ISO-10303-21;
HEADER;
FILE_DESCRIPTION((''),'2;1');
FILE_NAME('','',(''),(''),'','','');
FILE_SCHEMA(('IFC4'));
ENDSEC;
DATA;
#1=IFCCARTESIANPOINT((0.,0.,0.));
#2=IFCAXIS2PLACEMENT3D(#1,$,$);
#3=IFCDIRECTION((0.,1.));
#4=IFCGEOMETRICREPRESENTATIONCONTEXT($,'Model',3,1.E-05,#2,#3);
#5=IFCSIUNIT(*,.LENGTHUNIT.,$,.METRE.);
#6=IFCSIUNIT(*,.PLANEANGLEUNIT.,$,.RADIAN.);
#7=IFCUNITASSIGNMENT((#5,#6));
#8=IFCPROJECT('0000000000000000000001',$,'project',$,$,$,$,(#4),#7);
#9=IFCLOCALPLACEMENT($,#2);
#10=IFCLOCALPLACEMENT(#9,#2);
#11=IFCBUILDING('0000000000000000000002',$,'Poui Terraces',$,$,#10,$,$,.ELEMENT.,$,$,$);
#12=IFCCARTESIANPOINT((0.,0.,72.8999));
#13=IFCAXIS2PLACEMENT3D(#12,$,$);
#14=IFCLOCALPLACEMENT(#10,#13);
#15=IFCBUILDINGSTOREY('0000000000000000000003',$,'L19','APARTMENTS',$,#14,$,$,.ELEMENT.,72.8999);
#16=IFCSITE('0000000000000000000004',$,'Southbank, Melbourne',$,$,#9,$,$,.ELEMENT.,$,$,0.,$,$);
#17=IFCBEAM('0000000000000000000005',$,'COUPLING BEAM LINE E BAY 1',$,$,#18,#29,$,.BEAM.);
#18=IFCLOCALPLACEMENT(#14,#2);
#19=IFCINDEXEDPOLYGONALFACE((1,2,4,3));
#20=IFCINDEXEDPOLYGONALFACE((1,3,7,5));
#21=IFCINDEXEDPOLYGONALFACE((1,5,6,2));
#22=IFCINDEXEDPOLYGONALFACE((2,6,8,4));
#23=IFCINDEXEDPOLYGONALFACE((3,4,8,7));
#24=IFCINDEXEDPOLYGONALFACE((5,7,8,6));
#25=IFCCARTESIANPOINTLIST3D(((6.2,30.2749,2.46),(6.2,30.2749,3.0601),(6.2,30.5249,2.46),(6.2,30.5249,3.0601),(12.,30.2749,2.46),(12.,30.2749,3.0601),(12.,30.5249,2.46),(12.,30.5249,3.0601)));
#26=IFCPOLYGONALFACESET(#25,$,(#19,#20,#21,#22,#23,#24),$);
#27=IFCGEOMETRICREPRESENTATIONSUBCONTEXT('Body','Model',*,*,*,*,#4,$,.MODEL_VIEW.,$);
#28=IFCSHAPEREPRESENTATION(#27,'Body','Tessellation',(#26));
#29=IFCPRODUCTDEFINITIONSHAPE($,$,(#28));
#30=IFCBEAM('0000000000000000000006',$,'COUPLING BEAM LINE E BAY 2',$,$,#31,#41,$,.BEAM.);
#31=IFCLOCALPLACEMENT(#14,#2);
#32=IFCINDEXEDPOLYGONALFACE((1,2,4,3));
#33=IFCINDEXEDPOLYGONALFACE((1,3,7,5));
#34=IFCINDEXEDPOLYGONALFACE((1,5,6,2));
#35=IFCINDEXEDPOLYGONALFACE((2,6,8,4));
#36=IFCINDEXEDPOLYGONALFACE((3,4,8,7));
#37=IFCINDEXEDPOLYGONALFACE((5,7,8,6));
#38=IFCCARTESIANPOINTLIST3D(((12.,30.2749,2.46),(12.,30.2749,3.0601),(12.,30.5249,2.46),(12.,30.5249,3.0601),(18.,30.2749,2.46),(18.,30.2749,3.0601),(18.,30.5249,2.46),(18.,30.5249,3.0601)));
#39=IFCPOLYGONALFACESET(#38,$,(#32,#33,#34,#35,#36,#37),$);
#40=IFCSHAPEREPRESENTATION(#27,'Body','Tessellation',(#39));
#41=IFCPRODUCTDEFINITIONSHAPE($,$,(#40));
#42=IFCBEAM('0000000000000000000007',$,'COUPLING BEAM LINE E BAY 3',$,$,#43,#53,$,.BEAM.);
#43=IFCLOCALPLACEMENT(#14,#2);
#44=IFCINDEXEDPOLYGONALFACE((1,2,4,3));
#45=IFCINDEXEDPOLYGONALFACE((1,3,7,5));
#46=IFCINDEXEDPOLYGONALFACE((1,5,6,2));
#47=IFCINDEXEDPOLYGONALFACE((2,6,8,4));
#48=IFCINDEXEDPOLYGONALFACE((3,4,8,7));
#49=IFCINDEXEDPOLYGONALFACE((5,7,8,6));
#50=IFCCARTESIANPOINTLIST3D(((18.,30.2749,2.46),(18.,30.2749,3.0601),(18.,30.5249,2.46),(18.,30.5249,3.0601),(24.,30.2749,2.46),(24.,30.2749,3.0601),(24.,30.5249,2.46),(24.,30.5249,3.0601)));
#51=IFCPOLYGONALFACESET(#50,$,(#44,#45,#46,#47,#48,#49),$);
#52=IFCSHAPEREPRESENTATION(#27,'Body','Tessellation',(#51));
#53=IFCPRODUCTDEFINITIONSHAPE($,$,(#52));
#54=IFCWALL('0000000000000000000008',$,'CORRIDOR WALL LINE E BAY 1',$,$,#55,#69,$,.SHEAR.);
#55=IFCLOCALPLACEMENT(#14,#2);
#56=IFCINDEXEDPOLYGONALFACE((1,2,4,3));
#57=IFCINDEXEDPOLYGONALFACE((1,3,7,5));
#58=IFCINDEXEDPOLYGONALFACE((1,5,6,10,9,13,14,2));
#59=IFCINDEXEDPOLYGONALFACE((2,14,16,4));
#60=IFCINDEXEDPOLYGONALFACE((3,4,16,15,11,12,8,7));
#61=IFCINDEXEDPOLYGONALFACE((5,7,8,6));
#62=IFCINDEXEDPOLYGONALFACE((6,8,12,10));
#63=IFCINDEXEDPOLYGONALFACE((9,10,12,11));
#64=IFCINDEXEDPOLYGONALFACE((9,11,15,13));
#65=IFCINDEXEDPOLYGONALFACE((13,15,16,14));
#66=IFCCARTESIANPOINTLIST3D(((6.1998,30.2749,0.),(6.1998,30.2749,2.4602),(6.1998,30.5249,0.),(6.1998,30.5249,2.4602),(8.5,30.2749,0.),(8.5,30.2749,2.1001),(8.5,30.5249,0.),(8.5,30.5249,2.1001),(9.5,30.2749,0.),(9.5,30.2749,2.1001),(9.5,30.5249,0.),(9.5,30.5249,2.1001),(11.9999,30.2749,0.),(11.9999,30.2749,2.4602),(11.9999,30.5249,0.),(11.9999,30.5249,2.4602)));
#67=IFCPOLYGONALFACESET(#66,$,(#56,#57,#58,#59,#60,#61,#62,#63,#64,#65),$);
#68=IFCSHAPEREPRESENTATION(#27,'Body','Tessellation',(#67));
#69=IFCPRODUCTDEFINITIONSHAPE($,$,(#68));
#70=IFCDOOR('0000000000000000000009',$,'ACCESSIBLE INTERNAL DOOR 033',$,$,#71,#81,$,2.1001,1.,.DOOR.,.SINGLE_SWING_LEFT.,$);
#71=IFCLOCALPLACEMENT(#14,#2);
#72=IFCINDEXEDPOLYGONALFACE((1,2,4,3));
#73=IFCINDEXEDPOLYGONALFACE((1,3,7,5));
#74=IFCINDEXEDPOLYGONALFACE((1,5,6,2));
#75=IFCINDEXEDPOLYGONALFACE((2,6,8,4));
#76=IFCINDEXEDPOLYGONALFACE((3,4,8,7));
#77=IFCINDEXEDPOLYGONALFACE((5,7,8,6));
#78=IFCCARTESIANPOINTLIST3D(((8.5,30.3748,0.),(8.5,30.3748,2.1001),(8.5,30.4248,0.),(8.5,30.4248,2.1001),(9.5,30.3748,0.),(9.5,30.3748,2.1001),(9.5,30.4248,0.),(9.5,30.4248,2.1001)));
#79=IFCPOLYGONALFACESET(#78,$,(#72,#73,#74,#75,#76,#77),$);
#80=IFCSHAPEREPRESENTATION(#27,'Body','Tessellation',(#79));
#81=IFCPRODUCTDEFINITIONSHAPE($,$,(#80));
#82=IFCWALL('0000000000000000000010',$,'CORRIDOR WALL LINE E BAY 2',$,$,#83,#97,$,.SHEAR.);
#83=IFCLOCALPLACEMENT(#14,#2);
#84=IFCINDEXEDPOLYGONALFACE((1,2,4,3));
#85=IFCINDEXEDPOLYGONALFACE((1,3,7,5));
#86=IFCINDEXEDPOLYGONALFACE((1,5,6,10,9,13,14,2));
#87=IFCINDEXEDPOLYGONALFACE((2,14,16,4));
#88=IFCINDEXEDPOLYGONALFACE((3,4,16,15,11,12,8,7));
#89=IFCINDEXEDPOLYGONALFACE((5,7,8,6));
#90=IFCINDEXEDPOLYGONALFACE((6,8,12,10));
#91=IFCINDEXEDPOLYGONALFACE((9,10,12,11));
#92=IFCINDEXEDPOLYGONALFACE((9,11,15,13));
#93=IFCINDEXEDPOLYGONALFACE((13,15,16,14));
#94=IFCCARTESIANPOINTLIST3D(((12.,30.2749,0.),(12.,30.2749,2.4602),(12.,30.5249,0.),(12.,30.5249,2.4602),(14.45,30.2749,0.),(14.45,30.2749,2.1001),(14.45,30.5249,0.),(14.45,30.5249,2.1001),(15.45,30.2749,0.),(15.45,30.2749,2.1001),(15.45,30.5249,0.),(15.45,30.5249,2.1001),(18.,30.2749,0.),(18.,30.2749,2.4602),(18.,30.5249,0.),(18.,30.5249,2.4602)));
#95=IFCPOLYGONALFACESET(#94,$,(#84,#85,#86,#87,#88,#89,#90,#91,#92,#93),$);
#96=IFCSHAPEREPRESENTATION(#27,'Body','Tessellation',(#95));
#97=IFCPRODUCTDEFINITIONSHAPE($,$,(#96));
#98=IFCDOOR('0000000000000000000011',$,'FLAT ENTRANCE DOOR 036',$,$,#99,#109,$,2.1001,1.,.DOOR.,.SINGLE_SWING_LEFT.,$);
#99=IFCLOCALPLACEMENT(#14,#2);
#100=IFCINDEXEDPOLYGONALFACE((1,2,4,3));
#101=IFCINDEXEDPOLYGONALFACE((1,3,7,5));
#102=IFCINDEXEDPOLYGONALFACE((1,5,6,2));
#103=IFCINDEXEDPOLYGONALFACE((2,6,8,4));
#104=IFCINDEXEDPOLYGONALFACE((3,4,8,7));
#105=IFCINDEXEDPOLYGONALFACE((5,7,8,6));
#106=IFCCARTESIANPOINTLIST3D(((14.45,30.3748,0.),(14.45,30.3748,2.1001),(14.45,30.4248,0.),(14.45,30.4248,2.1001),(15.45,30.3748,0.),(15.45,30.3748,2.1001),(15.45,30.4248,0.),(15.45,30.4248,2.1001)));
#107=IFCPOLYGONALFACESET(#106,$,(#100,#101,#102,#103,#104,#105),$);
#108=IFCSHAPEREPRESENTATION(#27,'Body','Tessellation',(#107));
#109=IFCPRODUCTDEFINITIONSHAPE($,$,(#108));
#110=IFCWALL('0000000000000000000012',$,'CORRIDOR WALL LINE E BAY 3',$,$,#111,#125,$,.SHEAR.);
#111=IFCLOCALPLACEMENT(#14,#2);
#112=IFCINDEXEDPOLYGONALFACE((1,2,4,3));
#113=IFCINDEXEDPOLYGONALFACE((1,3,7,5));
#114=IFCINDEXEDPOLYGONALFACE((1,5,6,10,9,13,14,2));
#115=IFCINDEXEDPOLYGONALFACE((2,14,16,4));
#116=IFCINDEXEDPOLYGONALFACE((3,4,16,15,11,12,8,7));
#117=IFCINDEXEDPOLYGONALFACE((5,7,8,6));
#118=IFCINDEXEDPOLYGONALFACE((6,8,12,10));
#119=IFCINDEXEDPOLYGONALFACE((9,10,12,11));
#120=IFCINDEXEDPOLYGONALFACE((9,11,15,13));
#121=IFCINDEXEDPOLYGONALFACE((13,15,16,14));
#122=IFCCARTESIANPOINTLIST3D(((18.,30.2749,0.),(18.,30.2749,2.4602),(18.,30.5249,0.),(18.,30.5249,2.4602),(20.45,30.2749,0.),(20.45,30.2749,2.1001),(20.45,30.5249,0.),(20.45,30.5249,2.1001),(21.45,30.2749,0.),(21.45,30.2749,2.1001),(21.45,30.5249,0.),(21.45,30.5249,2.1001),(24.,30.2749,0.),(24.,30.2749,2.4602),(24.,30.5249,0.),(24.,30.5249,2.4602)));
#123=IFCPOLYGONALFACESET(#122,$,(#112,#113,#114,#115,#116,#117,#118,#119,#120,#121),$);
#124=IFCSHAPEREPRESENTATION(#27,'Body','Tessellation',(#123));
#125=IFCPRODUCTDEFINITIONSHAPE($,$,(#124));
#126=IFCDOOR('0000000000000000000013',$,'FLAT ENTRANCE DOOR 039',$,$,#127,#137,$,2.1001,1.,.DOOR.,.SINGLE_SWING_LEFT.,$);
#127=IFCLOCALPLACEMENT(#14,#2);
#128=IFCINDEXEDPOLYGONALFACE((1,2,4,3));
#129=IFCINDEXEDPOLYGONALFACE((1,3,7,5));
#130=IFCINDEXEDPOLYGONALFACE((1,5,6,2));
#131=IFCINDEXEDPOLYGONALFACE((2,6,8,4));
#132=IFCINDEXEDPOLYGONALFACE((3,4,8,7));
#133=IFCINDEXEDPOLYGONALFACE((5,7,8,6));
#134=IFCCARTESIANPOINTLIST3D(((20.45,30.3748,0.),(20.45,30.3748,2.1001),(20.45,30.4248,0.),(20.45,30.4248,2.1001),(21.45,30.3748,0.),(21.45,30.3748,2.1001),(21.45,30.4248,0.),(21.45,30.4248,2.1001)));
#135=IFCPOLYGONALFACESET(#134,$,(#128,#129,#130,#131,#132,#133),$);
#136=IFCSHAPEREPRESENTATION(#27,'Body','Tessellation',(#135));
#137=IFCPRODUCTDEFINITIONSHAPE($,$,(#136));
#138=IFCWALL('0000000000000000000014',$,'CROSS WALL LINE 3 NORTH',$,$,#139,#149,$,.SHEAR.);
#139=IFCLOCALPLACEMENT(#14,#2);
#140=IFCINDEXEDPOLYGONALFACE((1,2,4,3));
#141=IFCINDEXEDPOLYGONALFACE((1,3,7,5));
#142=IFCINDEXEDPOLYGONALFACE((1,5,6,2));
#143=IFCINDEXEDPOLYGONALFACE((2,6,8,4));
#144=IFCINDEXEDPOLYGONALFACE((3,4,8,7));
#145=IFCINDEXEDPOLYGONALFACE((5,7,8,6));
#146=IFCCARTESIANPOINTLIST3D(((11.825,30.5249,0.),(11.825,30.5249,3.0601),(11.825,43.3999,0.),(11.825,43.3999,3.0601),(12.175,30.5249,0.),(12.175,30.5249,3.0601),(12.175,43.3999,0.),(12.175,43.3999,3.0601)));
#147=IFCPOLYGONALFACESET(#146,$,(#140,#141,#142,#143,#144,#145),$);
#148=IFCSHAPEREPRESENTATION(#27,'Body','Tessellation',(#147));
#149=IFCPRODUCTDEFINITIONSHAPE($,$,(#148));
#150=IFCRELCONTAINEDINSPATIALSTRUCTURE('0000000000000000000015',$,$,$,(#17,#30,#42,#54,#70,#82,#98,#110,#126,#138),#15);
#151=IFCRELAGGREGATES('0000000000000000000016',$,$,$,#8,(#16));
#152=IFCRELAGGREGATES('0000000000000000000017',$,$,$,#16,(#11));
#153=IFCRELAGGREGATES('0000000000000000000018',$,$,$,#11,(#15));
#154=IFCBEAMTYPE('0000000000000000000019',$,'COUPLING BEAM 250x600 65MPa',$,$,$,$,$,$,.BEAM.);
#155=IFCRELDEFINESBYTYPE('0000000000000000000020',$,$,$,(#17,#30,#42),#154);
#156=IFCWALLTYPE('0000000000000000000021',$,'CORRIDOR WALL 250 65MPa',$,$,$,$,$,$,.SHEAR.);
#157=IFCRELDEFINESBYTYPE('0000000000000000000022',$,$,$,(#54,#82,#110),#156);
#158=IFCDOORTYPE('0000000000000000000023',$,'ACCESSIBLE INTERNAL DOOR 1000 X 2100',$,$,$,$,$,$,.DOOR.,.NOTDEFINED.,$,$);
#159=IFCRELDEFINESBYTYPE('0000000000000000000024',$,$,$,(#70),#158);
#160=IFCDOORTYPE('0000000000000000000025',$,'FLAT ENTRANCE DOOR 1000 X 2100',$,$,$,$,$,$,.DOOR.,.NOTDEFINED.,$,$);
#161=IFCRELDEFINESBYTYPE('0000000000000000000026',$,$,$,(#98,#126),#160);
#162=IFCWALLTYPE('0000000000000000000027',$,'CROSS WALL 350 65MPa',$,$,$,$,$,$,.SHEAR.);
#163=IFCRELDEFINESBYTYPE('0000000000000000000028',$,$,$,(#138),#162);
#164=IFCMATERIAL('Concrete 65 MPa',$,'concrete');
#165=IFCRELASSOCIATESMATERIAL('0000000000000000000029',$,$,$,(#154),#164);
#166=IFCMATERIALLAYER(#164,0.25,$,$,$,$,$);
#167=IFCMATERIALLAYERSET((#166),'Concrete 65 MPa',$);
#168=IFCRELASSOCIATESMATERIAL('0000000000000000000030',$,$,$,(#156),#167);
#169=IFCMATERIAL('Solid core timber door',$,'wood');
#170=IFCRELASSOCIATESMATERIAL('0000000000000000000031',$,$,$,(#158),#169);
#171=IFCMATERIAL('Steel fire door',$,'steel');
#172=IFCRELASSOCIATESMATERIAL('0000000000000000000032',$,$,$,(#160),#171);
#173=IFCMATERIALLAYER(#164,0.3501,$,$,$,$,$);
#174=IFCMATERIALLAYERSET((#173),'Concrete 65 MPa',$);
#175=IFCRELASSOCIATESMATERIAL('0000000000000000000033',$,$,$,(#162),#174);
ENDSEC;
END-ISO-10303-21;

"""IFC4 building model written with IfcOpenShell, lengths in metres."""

from ifc_helpers import new_model, si_unit, direction, frame, frame_2d, origin, origin_2d, place, context, subcontext, project, spatial, rectangle, extrude, source, transform, mapped, material, layer, layer_set, material_profile, profile_set, type_object, element, fill, save


model = new_model("IFC4")

# Units and contexts
model_context = context("Model", 3, precision=1e-05, world=origin(), true_north=direction((0.0, 1.0)))
body_context = subcontext(model_context, "Body", "Model", "MODEL_VIEW")
ifc_project = project(units=[si_unit("LENGTHUNIT", "METRE"), si_unit("PLANEANGLEUNIT", "RADIAN")], contexts=[model_context])

# Site, building, storey
site_placement = place(None, origin())
site = spatial("IfcSite", under=ifc_project, at=site_placement, Name="Southbank, Melbourne", CompositionType="ELEMENT", RefElevation=0.0)
building_placement = place(site_placement, origin())
building = spatial("IfcBuilding", under=site, at=building_placement, Name="Poui Terraces", CompositionType="ELEMENT")
storey_placement = place(building_placement, frame((0.0, 0.0, 72.8999)))
storey = spatial("IfcBuildingStorey", under=building, at=storey_placement, Name="L19", Description="APARTMENTS", CompositionType="ELEMENT", Elevation=72.8999)

# Beams
ifc_material_1 = material(Name="Concrete 65 MPa", Category="concrete")
ifc_material_profile = material_profile(ifc_material_1, rectangle(XDim=0.25, YDim=0.6001, at=origin_2d()), Name="RC 250x600")
ifc_profile_set = profile_set([ifc_material_profile], Name="Concrete 65 MPa")
beam_type = type_object("IfcBeamType", Name="COUPLING BEAM 250x600 65MPa", PredefinedType="BEAM", material=ifc_profile_set)
shared_shape_1 = source(origin(), body_context, "Body", "SweptSolid", [
    extrude(rectangle(XDim=0.25, YDim=0.6001, at=origin_2d()), origin(), (0.0, 0.0, 1.0), 5.8),
])
beam_placement = place(storey_placement, frame((6.2, 30.3999, 2.76), z_axis=(1.0, 0.0, 0.0), x_axis=(0.0, 1.0, 0.0)))
element("IfcBeam", 1, at=beam_placement, inside=storey, type_object=beam_type, Name="COUPLING BEAM LINE E BAY 1", PredefinedType="BEAM", context=body_context, shape_type="MappedRepresentation", body=[
    mapped(shared_shape_1, transform((0.0, 0.0, 0.0))),
])
shared_shape_2 = source(origin(), body_context, "Body", "SweptSolid", [
    extrude(rectangle(XDim=0.25, YDim=0.6001, at=origin_2d()), origin(), (0.0, 0.0, 1.0), 6.0),
])
for number, where, z_axis, x_axis, name in (
    (2, (12.0, 30.3999, 2.76), (1.0, 0.0, 0.0), (0.0, 1.0, 0.0), "COUPLING BEAM LINE E BAY 2"),
    (3, (18.0, 30.3999, 2.76), (1.0, 0.0, 0.0), (0.0, 1.0, 0.0), "COUPLING BEAM LINE E BAY 3"),
):
    element("IfcBeam", number, at=place(storey_placement, frame(where, z_axis=z_axis, x_axis=x_axis)), inside=storey, type_object=beam_type, Name=name, PredefinedType="BEAM", context=body_context, shape_type="MappedRepresentation", body=[
        mapped(shared_shape_2, transform((0.0, 0.0, 0.0))),
    ])

# Walls, openings, doors
ifc_layer_1 = layer(ifc_material_1, 0.25)
ifc_layer_set_1 = layer_set([ifc_layer_1], Name="Concrete 65 MPa")
wall_type_1 = type_object("IfcWallType", Name="CORRIDOR WALL 250 65MPa", PredefinedType="SHEAR", material=ifc_layer_set_1)
wall_1_placement = place(storey_placement, frame((6.2, 30.3999, 0.0), z_axis=(0.0, 0.0, 1.0), x_axis=(1.0, 0.0, 0.0)))
wall_1 = element("IfcWall", 4, at=wall_1_placement, inside=storey, type_object=wall_type_1, Name="CORRIDOR WALL LINE E BAY 1", PredefinedType="SHEAR", context=body_context, shape_type="SweptSolid", body=[
    extrude(rectangle(XDim=5.8, YDim=0.25, at=frame_2d((2.8999, 0.0))), origin(), (0.0, 0.0, 1.0), 2.4602),
])
opening_1_placement = place(wall_1_placement, frame((2.3, 0.0, 0.0)))
opening_1 = element("IfcOpeningElement", 5, at=opening_1_placement, cuts=wall_1, PredefinedType="OPENING", context=body_context, shape_type="SweptSolid", body=[
    extrude(rectangle(XDim=1.0, YDim=2.1001, at=frame_2d((0.5, 1.05))), frame((0.0, 0.135, 0.0), z_axis=(0.0, -1.0, 0.0), x_axis=(1.0, 0.0, 0.0)), (0.0, 0.0, 1.0), 0.27),
])
ifc_material_2 = material(Name="Solid core timber door", Category="wood")
door_type_1 = type_object("IfcDoorType", Name="ACCESSIBLE INTERNAL DOOR 1000 X 2100", OperationType="NOTDEFINED", PredefinedType="DOOR", material=ifc_material_2)
door_1_placement = place(opening_1_placement, origin())
door_1 = element("IfcDoor", 6, at=door_1_placement, inside=storey, type_object=door_type_1, Name="ACCESSIBLE INTERNAL DOOR 033", OperationType="SINGLE_SWING_LEFT", OverallHeight=2.1001, OverallWidth=1.0, PredefinedType="DOOR", context=body_context, shape_type="SweptSolid", body=[
    extrude(rectangle(XDim=1.0, YDim=2.1001, at=frame_2d((0.5, 1.05))), frame((0.0, 0.0249, 0.0), z_axis=(0.0, -1.0, 0.0), x_axis=(1.0, 0.0, 0.0)), (0.0, 0.0, 1.0), 0.05),
])
fill(opening_1, door_1)
wall_2_placement = place(storey_placement, frame((12.0, 30.3999, 0.0), z_axis=(0.0, 0.0, 1.0), x_axis=(1.0, 0.0, 0.0)))
wall_2 = element("IfcWall", 7, at=wall_2_placement, inside=storey, type_object=wall_type_1, Name="CORRIDOR WALL LINE E BAY 2", PredefinedType="SHEAR", context=body_context, shape_type="SweptSolid", body=[
    extrude(rectangle(XDim=6.0, YDim=0.25, at=frame_2d((3.0, 0.0))), origin(), (0.0, 0.0, 1.0), 2.4602),
])
opening_2_placement = place(wall_2_placement, frame((2.45, 0.0, 0.0)))
opening_2 = element("IfcOpeningElement", 8, at=opening_2_placement, cuts=wall_2, PredefinedType="OPENING", context=body_context, shape_type="SweptSolid", body=[
    extrude(rectangle(XDim=1.0, YDim=2.1001, at=frame_2d((0.5, 1.05))), frame((0.0, 0.135, 0.0), z_axis=(0.0, -1.0, 0.0), x_axis=(1.0, 0.0, 0.0)), (0.0, 0.0, 1.0), 0.27),
])
ifc_material_3 = material(Name="Steel fire door", Category="steel")
door_type_2 = type_object("IfcDoorType", Name="FLAT ENTRANCE DOOR 1000 X 2100", OperationType="NOTDEFINED", PredefinedType="DOOR", material=ifc_material_3)
door_2_placement = place(opening_2_placement, origin())
door_2 = element("IfcDoor", 9, at=door_2_placement, inside=storey, type_object=door_type_2, Name="FLAT ENTRANCE DOOR 036", OperationType="SINGLE_SWING_LEFT", OverallHeight=2.1001, OverallWidth=1.0, PredefinedType="DOOR", context=body_context, shape_type="SweptSolid", body=[
    extrude(rectangle(XDim=1.0, YDim=2.1001, at=frame_2d((0.5, 1.05))), frame((0.0, 0.0249, 0.0), z_axis=(0.0, -1.0, 0.0), x_axis=(1.0, 0.0, 0.0)), (0.0, 0.0, 1.0), 0.05),
])
fill(opening_2, door_2)
wall_3_placement = place(storey_placement, frame((18.0, 30.3999, 0.0), z_axis=(0.0, 0.0, 1.0), x_axis=(1.0, 0.0, 0.0)))
wall_3 = element("IfcWall", 10, at=wall_3_placement, inside=storey, type_object=wall_type_1, Name="CORRIDOR WALL LINE E BAY 3", PredefinedType="SHEAR", context=body_context, shape_type="SweptSolid", body=[
    extrude(rectangle(XDim=6.0, YDim=0.25, at=frame_2d((3.0, 0.0))), origin(), (0.0, 0.0, 1.0), 2.4602),
])
opening_3_placement = place(wall_3_placement, frame((2.45, 0.0, 0.0)))
opening_3 = element("IfcOpeningElement", 11, at=opening_3_placement, cuts=wall_3, PredefinedType="OPENING", context=body_context, shape_type="SweptSolid", body=[
    extrude(rectangle(XDim=1.0, YDim=2.1001, at=frame_2d((0.5, 1.05))), frame((0.0, 0.135, 0.0), z_axis=(0.0, -1.0, 0.0), x_axis=(1.0, 0.0, 0.0)), (0.0, 0.0, 1.0), 0.27),
])
door_3_placement = place(opening_3_placement, origin())
door_3 = element("IfcDoor", 12, at=door_3_placement, inside=storey, type_object=door_type_2, Name="FLAT ENTRANCE DOOR 039", OperationType="SINGLE_SWING_LEFT", OverallHeight=2.1001, OverallWidth=1.0, PredefinedType="DOOR", context=body_context, shape_type="SweptSolid", body=[
    extrude(rectangle(XDim=1.0, YDim=2.1001, at=frame_2d((0.5, 1.05))), frame((0.0, 0.0249, 0.0), z_axis=(0.0, -1.0, 0.0), x_axis=(1.0, 0.0, 0.0)), (0.0, 0.0, 1.0), 0.05),
])
fill(opening_3, door_3)

# Wall
ifc_layer_2 = layer(ifc_material_1, 0.3501)
ifc_layer_set_2 = layer_set([ifc_layer_2], Name="Concrete 65 MPa")
wall_type_2 = type_object("IfcWallType", Name="CROSS WALL 350 65MPa", PredefinedType="SHEAR", material=ifc_layer_set_2)
wall_4_placement = place(storey_placement, frame((12.0, 30.5249, 0.0), z_axis=(0.0, 0.0, 1.0), x_axis=(0.0, 1.0, 0.0)))
element("IfcWall", 13, at=wall_4_placement, inside=storey, type_object=wall_type_2, Name="CROSS WALL LINE 3 NORTH", PredefinedType="SHEAR", context=body_context, shape_type="SweptSolid", body=[
    extrude(rectangle(XDim=12.875, YDim=0.3501, at=frame_2d((6.4375, 0.0))), origin(), (0.0, 0.0, 1.0), 3.0601),
])

save(model, "model.ifc")
